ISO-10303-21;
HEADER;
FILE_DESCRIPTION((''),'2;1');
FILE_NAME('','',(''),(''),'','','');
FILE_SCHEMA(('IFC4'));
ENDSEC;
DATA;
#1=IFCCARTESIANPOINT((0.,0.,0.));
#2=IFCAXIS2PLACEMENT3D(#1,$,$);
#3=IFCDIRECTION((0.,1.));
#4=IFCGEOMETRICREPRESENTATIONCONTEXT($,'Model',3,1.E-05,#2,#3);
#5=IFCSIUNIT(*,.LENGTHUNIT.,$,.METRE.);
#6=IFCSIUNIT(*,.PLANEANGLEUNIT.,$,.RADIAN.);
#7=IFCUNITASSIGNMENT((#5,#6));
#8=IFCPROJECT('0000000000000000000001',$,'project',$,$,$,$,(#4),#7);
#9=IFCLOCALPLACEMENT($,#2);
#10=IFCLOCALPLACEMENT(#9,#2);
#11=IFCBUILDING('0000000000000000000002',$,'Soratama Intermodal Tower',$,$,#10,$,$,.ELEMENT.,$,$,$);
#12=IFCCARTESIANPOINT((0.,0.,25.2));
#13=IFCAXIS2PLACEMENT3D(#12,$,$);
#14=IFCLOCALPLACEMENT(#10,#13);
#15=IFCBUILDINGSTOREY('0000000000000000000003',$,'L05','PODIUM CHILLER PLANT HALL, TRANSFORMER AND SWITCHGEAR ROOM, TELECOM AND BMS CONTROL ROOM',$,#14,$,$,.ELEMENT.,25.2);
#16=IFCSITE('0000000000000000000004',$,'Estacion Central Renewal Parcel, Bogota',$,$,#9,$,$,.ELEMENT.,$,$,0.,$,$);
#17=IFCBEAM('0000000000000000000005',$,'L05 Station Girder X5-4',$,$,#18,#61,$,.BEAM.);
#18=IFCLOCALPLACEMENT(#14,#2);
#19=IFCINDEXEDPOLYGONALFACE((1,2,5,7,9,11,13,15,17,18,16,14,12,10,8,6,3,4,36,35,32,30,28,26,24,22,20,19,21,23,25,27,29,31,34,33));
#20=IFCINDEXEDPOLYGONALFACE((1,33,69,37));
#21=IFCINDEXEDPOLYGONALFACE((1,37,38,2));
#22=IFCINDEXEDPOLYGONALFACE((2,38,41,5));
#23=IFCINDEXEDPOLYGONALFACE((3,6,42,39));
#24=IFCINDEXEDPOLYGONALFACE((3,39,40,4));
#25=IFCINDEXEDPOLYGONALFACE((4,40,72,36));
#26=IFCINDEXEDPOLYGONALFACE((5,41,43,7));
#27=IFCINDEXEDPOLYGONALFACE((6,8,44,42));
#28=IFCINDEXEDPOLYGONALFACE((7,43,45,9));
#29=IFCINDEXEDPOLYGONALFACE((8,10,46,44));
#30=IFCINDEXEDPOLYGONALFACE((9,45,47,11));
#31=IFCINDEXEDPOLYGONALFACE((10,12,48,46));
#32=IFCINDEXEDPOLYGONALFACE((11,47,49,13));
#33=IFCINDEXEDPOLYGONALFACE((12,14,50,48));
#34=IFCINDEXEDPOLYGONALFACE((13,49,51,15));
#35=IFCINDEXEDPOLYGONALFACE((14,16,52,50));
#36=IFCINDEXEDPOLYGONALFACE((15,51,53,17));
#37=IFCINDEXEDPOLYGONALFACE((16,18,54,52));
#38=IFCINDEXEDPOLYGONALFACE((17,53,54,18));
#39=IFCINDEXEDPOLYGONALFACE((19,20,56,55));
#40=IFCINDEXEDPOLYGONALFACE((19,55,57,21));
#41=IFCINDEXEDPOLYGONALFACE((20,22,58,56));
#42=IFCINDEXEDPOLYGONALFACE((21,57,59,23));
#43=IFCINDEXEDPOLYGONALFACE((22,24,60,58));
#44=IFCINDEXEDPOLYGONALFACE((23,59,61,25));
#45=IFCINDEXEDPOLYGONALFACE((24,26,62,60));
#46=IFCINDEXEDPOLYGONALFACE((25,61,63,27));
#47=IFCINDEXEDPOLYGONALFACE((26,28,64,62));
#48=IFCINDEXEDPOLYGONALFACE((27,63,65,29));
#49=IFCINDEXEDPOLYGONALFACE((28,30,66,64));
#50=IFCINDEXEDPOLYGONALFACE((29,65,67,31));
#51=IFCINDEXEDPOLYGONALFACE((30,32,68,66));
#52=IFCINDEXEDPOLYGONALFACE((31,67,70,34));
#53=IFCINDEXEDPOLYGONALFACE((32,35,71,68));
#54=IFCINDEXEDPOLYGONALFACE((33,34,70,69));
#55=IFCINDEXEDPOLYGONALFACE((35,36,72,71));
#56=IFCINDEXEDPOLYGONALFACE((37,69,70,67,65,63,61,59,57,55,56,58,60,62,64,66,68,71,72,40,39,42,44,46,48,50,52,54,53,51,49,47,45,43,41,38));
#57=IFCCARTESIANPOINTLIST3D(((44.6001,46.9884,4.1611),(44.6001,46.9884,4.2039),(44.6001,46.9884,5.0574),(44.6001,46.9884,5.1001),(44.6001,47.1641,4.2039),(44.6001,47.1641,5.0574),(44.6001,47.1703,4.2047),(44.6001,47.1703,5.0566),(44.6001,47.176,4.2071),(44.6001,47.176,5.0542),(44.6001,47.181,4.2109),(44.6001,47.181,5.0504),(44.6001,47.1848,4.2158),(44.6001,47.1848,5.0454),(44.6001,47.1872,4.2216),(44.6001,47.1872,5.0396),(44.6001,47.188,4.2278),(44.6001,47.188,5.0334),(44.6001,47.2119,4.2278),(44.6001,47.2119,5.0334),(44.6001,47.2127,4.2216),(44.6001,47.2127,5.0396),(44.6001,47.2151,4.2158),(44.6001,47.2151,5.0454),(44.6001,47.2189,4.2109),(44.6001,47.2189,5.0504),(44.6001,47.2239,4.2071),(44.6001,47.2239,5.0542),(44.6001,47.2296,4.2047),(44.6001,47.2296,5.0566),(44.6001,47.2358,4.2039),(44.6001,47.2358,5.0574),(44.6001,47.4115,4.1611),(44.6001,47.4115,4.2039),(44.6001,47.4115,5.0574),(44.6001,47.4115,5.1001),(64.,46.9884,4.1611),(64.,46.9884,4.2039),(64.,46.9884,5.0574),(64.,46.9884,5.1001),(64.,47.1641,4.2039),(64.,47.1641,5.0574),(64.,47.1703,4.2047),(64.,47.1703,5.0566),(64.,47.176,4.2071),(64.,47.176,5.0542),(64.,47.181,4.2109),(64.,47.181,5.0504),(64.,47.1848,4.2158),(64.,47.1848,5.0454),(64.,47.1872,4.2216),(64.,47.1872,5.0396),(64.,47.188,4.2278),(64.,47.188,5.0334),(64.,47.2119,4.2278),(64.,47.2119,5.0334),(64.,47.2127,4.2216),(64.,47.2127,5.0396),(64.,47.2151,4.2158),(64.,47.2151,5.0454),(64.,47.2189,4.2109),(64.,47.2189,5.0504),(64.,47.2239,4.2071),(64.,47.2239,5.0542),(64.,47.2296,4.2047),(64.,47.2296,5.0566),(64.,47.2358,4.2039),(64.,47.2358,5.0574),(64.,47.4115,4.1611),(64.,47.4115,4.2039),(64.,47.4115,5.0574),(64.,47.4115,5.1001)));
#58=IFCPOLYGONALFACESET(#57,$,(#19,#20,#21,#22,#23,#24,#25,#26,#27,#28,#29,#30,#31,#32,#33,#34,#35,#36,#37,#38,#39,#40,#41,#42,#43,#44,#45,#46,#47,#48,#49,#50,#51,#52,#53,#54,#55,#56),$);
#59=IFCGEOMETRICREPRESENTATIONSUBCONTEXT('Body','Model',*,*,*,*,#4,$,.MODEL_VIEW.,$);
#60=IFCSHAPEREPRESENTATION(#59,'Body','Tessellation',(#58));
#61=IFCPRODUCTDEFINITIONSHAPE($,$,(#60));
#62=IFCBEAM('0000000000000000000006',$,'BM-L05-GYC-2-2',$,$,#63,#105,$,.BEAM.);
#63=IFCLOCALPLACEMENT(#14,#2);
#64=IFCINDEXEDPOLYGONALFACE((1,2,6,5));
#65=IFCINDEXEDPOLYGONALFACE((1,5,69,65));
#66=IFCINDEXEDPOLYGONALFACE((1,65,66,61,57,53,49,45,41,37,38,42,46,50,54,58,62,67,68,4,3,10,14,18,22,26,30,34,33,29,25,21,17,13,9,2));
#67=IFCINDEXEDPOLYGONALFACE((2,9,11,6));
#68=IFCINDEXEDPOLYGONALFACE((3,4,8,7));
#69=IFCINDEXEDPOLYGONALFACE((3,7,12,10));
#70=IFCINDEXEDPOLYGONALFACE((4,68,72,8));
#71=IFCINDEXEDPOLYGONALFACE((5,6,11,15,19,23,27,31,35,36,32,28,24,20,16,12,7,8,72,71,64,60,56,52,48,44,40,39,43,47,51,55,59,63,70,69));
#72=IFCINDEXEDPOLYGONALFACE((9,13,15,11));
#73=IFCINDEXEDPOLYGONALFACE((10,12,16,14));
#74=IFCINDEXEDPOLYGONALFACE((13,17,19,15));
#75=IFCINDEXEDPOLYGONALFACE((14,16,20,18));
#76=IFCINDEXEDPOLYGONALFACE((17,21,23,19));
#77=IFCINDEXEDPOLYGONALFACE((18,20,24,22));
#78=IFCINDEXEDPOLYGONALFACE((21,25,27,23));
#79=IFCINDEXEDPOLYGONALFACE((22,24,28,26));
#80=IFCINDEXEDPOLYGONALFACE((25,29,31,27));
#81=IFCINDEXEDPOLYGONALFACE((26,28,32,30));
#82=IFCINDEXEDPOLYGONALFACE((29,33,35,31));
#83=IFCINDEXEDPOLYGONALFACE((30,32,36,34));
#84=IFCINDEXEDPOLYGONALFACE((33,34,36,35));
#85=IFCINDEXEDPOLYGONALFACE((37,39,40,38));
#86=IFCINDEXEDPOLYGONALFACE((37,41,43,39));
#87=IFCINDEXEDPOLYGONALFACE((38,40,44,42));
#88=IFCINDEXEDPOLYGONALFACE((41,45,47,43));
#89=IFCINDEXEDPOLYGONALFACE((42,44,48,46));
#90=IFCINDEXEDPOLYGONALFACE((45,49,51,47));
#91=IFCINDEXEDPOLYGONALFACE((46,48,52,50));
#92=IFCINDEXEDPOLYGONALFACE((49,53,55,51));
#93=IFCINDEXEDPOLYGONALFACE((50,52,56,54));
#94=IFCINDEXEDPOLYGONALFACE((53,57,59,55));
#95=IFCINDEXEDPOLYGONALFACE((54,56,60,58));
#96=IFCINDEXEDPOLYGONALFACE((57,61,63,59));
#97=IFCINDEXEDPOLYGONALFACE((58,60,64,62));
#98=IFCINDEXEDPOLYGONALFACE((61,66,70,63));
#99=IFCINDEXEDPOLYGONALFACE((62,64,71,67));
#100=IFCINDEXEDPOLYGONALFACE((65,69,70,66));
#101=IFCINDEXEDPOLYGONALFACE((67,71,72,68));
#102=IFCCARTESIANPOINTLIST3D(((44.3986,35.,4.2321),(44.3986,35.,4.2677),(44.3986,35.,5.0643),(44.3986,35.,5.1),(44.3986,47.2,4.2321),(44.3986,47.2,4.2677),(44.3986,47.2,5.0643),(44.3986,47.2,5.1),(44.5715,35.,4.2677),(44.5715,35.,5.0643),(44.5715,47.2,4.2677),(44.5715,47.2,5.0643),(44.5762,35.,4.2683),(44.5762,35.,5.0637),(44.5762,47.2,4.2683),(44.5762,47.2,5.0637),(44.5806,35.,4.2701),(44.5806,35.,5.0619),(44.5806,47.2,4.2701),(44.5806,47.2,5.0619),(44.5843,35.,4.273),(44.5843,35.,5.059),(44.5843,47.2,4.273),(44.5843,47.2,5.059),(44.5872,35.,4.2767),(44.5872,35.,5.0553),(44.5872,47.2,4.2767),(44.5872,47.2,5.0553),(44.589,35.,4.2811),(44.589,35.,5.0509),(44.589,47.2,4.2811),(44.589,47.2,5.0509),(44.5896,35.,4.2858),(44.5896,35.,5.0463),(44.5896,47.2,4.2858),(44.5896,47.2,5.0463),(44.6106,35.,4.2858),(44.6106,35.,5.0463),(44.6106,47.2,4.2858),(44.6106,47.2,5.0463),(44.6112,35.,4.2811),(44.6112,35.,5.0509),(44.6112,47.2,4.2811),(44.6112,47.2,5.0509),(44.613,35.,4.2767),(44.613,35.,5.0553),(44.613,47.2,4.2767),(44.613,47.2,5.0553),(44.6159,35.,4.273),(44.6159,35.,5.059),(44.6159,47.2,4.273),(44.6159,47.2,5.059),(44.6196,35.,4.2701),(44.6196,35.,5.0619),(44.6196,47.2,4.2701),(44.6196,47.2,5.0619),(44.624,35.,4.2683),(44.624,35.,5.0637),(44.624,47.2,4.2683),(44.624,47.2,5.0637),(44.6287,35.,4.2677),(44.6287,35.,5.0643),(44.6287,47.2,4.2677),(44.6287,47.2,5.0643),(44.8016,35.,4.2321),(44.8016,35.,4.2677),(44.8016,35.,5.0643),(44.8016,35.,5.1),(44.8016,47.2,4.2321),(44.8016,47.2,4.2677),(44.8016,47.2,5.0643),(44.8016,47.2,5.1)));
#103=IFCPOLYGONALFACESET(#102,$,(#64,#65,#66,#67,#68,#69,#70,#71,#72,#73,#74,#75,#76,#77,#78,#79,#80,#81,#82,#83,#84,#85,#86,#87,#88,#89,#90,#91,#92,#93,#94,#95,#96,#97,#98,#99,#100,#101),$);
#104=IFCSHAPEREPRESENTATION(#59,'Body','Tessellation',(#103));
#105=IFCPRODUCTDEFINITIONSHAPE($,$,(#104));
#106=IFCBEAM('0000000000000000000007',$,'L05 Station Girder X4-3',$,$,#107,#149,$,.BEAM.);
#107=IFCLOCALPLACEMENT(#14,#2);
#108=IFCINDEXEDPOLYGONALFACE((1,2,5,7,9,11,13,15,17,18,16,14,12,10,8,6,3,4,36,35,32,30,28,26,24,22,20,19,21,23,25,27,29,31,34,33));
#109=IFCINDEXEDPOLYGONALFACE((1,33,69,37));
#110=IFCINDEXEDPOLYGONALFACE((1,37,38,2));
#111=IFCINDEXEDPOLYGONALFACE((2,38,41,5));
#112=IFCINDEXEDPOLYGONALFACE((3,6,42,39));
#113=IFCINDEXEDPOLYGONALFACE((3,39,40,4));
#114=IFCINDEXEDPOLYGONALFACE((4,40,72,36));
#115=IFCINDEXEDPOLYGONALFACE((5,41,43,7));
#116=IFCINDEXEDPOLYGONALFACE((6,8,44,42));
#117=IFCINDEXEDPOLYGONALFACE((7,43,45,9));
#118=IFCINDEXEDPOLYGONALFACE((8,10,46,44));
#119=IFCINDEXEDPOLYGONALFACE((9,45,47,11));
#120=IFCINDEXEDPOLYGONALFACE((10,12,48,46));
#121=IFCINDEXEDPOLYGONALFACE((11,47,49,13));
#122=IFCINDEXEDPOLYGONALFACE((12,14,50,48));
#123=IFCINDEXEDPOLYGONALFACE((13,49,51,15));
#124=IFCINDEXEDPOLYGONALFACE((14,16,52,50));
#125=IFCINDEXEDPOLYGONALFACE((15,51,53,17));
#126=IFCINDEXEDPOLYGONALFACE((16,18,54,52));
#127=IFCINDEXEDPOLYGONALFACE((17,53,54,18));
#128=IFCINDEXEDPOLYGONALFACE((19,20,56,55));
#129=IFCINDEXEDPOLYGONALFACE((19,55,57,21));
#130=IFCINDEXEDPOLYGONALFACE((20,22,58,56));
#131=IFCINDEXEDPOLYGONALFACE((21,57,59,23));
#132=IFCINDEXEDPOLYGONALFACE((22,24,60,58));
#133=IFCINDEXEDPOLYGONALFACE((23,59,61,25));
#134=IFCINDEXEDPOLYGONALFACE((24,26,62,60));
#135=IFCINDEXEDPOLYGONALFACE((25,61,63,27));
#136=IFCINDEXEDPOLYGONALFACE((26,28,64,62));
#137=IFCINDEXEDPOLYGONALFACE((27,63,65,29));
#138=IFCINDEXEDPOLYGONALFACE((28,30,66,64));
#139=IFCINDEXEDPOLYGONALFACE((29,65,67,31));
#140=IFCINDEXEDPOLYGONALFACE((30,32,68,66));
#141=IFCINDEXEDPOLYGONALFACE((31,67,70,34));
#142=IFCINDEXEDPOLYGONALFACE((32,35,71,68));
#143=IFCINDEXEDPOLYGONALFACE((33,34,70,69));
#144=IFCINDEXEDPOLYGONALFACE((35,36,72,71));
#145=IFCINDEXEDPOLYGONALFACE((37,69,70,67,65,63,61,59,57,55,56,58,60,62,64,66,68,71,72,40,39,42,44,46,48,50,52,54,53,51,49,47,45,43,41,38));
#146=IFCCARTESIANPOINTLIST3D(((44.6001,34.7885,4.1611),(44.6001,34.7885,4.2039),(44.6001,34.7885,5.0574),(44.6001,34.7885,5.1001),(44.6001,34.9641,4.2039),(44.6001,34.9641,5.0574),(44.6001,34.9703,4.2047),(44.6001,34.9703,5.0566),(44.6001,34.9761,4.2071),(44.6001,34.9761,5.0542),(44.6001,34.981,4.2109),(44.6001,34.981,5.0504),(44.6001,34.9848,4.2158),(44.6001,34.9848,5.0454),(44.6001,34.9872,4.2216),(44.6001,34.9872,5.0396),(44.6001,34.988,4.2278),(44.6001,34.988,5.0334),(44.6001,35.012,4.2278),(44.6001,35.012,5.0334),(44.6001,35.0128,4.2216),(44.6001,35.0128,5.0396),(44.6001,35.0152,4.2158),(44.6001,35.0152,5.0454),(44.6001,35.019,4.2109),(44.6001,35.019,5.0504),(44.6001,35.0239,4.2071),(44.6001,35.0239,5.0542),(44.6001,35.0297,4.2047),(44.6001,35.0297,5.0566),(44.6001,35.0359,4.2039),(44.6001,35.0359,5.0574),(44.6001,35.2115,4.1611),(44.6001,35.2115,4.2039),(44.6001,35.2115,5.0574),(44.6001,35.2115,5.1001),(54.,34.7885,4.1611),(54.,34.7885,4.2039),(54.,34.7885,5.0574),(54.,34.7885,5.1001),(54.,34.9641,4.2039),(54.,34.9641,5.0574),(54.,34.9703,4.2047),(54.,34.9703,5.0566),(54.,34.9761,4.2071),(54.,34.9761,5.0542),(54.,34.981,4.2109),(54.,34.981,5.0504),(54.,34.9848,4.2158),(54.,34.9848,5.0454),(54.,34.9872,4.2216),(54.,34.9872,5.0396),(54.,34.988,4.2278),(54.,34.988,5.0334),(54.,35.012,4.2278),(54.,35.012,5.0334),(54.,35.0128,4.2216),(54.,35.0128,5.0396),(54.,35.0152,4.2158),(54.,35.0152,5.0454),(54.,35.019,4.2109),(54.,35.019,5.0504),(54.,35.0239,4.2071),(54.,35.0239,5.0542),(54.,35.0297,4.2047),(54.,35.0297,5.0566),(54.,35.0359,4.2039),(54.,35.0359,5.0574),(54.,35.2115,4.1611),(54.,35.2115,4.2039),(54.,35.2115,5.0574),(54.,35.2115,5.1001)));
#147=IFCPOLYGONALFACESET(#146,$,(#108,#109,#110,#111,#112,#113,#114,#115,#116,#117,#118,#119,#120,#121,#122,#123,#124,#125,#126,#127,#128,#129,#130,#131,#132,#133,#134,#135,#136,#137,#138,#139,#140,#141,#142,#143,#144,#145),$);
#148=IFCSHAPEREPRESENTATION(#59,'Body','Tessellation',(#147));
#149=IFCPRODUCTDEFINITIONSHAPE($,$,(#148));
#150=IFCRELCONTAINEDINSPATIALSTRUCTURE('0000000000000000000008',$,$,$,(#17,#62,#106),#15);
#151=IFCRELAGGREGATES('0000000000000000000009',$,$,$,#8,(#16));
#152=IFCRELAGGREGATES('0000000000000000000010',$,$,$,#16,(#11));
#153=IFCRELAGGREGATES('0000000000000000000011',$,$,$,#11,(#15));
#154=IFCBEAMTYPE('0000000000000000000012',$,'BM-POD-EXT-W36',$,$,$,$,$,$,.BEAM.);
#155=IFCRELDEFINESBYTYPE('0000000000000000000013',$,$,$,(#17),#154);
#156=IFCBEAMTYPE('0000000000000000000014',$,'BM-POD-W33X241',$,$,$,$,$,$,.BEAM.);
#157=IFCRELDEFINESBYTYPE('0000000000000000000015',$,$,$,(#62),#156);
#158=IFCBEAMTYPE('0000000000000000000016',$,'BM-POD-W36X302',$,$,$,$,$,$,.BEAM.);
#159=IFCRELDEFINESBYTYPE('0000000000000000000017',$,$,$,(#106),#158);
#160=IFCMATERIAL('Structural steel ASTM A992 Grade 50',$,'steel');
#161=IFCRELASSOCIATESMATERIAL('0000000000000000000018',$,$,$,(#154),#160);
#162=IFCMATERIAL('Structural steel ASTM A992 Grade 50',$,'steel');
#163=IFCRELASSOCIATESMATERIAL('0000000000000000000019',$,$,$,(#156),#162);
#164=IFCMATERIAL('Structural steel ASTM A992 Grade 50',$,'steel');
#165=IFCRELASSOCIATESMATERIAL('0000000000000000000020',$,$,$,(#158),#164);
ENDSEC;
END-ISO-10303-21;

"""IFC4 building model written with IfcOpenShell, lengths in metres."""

from ifc_helpers import new_model, si_unit, direction, frame, origin, origin_2d, place, context, subcontext, project, spatial, i_section, extrude, material, material_profile, profile_set, type_object, element, save


model = new_model("IFC4")

# Units and contexts
model_context = context("Model", 3, precision=1e-05, world=origin(), true_north=direction((0.0, 1.0)))
body_context = subcontext(model_context, "Body", "Model", "MODEL_VIEW")
ifc_project = project(units=[si_unit("LENGTHUNIT", "METRE"), si_unit("PLANEANGLEUNIT", "RADIAN")], contexts=[model_context])

# Site, building, storey
site_placement = place(None, origin())
site = spatial("IfcSite", under=ifc_project, at=site_placement, Name="Estacion Central Renewal Parcel, Bogota", CompositionType="ELEMENT", RefElevation=0.0)
building_placement = place(site_placement, origin())
building = spatial("IfcBuilding", under=site, at=building_placement, Name="Soratama Intermodal Tower", CompositionType="ELEMENT")
storey_placement = place(building_placement, frame((0.0, 0.0, 25.2)))
storey = spatial("IfcBuildingStorey", under=building, at=storey_placement, Name="L05", Description="PODIUM CHILLER PLANT HALL, TRANSFORMER AND SWITCHGEAR ROOM, TELECOM AND BMS CONTROL ROOM", CompositionType="ELEMENT", Elevation=25.2)

# Beams
ifc_material_1 = material(Name="Structural steel ASTM A992 Grade 50", Category="steel")
ifc_material_profile_1 = material_profile(ifc_material_1, i_section(OverallWidth=0.4231, OverallDepth=0.939, WebThickness=0.0239, FlangeThickness=0.0427, FilletRadius=0.0239, at=origin_2d()), Name="W36X302")
ifc_profile_set_1 = profile_set([ifc_material_profile_1], Name="Structural steel ASTM A992 Grade 50")
beam_type_1 = type_object("IfcBeamType", Name="BM-POD-EXT-W36", PredefinedType="BEAM", material=ifc_profile_set_1)
beam_1_placement = place(storey_placement, frame((44.6001, 47.2, 4.6306), z_axis=(1.0, 0.0, 0.0), x_axis=(0.0, 1.0, 0.0)))
element("IfcBeam", 1, at=beam_1_placement, inside=storey, type_object=beam_type_1, Name="L05 Station Girder X5-4", PredefinedType="BEAM", context=body_context, shape_type="SweptSolid", body=[
    extrude(i_section(OverallWidth=0.4231, OverallDepth=0.939, WebThickness=0.0239, FlangeThickness=0.0427, FilletRadius=0.0239, at=origin_2d()), origin(), (0.0, 0.0, 1.0), 19.3999),
])
ifc_material_2 = material(Name="Structural steel ASTM A992 Grade 50", Category="steel")
ifc_material_profile_2 = material_profile(ifc_material_2, i_section(OverallWidth=0.4031, OverallDepth=0.8679, WebThickness=0.021, FlangeThickness=0.0356, FilletRadius=0.0181, at=origin_2d()), Name="W33X241")
ifc_profile_set_2 = profile_set([ifc_material_profile_2], Name="Structural steel ASTM A992 Grade 50")
beam_type_2 = type_object("IfcBeamType", Name="BM-POD-W33X241", PredefinedType="BEAM", material=ifc_profile_set_2)
beam_2_placement = place(storey_placement, frame((44.6001, 35.0, 4.666), z_axis=(0.0, 1.0, 0.0), x_axis=(-1.0, 0.0, 0.0)))
element("IfcBeam", 2, at=beam_2_placement, inside=storey, type_object=beam_type_2, Name="BM-L05-GYC-2-2", PredefinedType="BEAM", context=body_context, shape_type="SweptSolid", body=[
    extrude(i_section(OverallWidth=0.4031, OverallDepth=0.8679, WebThickness=0.021, FlangeThickness=0.0356, FilletRadius=0.0181, at=origin_2d()), origin(), (0.0, 0.0, 1.0), 12.2),
])
ifc_material_3 = material(Name="Structural steel ASTM A992 Grade 50", Category="steel")
ifc_material_profile_3 = material_profile(ifc_material_3, i_section(OverallWidth=0.4231, OverallDepth=0.939, WebThickness=0.0239, FlangeThickness=0.0427, FilletRadius=0.0239, at=origin_2d()), Name="W36X302")
ifc_profile_set_3 = profile_set([ifc_material_profile_3], Name="Structural steel ASTM A992 Grade 50")
beam_type_3 = type_object("IfcBeamType", Name="BM-POD-W36X302", PredefinedType="BEAM", material=ifc_profile_set_3)
beam_3_placement = place(storey_placement, frame((44.6001, 35.0, 4.6306), z_axis=(1.0, 0.0, 0.0), x_axis=(0.0, 1.0, 0.0)))
element("IfcBeam", 3, at=beam_3_placement, inside=storey, type_object=beam_type_3, Name="L05 Station Girder X4-3", PredefinedType="BEAM", context=body_context, shape_type="SweptSolid", body=[
    extrude(i_section(OverallWidth=0.4231, OverallDepth=0.939, WebThickness=0.0239, FlangeThickness=0.0427, FilletRadius=0.0239, at=origin_2d()), origin(), (0.0, 0.0, 1.0), 9.3999),
])

save(model, "model.ifc")
